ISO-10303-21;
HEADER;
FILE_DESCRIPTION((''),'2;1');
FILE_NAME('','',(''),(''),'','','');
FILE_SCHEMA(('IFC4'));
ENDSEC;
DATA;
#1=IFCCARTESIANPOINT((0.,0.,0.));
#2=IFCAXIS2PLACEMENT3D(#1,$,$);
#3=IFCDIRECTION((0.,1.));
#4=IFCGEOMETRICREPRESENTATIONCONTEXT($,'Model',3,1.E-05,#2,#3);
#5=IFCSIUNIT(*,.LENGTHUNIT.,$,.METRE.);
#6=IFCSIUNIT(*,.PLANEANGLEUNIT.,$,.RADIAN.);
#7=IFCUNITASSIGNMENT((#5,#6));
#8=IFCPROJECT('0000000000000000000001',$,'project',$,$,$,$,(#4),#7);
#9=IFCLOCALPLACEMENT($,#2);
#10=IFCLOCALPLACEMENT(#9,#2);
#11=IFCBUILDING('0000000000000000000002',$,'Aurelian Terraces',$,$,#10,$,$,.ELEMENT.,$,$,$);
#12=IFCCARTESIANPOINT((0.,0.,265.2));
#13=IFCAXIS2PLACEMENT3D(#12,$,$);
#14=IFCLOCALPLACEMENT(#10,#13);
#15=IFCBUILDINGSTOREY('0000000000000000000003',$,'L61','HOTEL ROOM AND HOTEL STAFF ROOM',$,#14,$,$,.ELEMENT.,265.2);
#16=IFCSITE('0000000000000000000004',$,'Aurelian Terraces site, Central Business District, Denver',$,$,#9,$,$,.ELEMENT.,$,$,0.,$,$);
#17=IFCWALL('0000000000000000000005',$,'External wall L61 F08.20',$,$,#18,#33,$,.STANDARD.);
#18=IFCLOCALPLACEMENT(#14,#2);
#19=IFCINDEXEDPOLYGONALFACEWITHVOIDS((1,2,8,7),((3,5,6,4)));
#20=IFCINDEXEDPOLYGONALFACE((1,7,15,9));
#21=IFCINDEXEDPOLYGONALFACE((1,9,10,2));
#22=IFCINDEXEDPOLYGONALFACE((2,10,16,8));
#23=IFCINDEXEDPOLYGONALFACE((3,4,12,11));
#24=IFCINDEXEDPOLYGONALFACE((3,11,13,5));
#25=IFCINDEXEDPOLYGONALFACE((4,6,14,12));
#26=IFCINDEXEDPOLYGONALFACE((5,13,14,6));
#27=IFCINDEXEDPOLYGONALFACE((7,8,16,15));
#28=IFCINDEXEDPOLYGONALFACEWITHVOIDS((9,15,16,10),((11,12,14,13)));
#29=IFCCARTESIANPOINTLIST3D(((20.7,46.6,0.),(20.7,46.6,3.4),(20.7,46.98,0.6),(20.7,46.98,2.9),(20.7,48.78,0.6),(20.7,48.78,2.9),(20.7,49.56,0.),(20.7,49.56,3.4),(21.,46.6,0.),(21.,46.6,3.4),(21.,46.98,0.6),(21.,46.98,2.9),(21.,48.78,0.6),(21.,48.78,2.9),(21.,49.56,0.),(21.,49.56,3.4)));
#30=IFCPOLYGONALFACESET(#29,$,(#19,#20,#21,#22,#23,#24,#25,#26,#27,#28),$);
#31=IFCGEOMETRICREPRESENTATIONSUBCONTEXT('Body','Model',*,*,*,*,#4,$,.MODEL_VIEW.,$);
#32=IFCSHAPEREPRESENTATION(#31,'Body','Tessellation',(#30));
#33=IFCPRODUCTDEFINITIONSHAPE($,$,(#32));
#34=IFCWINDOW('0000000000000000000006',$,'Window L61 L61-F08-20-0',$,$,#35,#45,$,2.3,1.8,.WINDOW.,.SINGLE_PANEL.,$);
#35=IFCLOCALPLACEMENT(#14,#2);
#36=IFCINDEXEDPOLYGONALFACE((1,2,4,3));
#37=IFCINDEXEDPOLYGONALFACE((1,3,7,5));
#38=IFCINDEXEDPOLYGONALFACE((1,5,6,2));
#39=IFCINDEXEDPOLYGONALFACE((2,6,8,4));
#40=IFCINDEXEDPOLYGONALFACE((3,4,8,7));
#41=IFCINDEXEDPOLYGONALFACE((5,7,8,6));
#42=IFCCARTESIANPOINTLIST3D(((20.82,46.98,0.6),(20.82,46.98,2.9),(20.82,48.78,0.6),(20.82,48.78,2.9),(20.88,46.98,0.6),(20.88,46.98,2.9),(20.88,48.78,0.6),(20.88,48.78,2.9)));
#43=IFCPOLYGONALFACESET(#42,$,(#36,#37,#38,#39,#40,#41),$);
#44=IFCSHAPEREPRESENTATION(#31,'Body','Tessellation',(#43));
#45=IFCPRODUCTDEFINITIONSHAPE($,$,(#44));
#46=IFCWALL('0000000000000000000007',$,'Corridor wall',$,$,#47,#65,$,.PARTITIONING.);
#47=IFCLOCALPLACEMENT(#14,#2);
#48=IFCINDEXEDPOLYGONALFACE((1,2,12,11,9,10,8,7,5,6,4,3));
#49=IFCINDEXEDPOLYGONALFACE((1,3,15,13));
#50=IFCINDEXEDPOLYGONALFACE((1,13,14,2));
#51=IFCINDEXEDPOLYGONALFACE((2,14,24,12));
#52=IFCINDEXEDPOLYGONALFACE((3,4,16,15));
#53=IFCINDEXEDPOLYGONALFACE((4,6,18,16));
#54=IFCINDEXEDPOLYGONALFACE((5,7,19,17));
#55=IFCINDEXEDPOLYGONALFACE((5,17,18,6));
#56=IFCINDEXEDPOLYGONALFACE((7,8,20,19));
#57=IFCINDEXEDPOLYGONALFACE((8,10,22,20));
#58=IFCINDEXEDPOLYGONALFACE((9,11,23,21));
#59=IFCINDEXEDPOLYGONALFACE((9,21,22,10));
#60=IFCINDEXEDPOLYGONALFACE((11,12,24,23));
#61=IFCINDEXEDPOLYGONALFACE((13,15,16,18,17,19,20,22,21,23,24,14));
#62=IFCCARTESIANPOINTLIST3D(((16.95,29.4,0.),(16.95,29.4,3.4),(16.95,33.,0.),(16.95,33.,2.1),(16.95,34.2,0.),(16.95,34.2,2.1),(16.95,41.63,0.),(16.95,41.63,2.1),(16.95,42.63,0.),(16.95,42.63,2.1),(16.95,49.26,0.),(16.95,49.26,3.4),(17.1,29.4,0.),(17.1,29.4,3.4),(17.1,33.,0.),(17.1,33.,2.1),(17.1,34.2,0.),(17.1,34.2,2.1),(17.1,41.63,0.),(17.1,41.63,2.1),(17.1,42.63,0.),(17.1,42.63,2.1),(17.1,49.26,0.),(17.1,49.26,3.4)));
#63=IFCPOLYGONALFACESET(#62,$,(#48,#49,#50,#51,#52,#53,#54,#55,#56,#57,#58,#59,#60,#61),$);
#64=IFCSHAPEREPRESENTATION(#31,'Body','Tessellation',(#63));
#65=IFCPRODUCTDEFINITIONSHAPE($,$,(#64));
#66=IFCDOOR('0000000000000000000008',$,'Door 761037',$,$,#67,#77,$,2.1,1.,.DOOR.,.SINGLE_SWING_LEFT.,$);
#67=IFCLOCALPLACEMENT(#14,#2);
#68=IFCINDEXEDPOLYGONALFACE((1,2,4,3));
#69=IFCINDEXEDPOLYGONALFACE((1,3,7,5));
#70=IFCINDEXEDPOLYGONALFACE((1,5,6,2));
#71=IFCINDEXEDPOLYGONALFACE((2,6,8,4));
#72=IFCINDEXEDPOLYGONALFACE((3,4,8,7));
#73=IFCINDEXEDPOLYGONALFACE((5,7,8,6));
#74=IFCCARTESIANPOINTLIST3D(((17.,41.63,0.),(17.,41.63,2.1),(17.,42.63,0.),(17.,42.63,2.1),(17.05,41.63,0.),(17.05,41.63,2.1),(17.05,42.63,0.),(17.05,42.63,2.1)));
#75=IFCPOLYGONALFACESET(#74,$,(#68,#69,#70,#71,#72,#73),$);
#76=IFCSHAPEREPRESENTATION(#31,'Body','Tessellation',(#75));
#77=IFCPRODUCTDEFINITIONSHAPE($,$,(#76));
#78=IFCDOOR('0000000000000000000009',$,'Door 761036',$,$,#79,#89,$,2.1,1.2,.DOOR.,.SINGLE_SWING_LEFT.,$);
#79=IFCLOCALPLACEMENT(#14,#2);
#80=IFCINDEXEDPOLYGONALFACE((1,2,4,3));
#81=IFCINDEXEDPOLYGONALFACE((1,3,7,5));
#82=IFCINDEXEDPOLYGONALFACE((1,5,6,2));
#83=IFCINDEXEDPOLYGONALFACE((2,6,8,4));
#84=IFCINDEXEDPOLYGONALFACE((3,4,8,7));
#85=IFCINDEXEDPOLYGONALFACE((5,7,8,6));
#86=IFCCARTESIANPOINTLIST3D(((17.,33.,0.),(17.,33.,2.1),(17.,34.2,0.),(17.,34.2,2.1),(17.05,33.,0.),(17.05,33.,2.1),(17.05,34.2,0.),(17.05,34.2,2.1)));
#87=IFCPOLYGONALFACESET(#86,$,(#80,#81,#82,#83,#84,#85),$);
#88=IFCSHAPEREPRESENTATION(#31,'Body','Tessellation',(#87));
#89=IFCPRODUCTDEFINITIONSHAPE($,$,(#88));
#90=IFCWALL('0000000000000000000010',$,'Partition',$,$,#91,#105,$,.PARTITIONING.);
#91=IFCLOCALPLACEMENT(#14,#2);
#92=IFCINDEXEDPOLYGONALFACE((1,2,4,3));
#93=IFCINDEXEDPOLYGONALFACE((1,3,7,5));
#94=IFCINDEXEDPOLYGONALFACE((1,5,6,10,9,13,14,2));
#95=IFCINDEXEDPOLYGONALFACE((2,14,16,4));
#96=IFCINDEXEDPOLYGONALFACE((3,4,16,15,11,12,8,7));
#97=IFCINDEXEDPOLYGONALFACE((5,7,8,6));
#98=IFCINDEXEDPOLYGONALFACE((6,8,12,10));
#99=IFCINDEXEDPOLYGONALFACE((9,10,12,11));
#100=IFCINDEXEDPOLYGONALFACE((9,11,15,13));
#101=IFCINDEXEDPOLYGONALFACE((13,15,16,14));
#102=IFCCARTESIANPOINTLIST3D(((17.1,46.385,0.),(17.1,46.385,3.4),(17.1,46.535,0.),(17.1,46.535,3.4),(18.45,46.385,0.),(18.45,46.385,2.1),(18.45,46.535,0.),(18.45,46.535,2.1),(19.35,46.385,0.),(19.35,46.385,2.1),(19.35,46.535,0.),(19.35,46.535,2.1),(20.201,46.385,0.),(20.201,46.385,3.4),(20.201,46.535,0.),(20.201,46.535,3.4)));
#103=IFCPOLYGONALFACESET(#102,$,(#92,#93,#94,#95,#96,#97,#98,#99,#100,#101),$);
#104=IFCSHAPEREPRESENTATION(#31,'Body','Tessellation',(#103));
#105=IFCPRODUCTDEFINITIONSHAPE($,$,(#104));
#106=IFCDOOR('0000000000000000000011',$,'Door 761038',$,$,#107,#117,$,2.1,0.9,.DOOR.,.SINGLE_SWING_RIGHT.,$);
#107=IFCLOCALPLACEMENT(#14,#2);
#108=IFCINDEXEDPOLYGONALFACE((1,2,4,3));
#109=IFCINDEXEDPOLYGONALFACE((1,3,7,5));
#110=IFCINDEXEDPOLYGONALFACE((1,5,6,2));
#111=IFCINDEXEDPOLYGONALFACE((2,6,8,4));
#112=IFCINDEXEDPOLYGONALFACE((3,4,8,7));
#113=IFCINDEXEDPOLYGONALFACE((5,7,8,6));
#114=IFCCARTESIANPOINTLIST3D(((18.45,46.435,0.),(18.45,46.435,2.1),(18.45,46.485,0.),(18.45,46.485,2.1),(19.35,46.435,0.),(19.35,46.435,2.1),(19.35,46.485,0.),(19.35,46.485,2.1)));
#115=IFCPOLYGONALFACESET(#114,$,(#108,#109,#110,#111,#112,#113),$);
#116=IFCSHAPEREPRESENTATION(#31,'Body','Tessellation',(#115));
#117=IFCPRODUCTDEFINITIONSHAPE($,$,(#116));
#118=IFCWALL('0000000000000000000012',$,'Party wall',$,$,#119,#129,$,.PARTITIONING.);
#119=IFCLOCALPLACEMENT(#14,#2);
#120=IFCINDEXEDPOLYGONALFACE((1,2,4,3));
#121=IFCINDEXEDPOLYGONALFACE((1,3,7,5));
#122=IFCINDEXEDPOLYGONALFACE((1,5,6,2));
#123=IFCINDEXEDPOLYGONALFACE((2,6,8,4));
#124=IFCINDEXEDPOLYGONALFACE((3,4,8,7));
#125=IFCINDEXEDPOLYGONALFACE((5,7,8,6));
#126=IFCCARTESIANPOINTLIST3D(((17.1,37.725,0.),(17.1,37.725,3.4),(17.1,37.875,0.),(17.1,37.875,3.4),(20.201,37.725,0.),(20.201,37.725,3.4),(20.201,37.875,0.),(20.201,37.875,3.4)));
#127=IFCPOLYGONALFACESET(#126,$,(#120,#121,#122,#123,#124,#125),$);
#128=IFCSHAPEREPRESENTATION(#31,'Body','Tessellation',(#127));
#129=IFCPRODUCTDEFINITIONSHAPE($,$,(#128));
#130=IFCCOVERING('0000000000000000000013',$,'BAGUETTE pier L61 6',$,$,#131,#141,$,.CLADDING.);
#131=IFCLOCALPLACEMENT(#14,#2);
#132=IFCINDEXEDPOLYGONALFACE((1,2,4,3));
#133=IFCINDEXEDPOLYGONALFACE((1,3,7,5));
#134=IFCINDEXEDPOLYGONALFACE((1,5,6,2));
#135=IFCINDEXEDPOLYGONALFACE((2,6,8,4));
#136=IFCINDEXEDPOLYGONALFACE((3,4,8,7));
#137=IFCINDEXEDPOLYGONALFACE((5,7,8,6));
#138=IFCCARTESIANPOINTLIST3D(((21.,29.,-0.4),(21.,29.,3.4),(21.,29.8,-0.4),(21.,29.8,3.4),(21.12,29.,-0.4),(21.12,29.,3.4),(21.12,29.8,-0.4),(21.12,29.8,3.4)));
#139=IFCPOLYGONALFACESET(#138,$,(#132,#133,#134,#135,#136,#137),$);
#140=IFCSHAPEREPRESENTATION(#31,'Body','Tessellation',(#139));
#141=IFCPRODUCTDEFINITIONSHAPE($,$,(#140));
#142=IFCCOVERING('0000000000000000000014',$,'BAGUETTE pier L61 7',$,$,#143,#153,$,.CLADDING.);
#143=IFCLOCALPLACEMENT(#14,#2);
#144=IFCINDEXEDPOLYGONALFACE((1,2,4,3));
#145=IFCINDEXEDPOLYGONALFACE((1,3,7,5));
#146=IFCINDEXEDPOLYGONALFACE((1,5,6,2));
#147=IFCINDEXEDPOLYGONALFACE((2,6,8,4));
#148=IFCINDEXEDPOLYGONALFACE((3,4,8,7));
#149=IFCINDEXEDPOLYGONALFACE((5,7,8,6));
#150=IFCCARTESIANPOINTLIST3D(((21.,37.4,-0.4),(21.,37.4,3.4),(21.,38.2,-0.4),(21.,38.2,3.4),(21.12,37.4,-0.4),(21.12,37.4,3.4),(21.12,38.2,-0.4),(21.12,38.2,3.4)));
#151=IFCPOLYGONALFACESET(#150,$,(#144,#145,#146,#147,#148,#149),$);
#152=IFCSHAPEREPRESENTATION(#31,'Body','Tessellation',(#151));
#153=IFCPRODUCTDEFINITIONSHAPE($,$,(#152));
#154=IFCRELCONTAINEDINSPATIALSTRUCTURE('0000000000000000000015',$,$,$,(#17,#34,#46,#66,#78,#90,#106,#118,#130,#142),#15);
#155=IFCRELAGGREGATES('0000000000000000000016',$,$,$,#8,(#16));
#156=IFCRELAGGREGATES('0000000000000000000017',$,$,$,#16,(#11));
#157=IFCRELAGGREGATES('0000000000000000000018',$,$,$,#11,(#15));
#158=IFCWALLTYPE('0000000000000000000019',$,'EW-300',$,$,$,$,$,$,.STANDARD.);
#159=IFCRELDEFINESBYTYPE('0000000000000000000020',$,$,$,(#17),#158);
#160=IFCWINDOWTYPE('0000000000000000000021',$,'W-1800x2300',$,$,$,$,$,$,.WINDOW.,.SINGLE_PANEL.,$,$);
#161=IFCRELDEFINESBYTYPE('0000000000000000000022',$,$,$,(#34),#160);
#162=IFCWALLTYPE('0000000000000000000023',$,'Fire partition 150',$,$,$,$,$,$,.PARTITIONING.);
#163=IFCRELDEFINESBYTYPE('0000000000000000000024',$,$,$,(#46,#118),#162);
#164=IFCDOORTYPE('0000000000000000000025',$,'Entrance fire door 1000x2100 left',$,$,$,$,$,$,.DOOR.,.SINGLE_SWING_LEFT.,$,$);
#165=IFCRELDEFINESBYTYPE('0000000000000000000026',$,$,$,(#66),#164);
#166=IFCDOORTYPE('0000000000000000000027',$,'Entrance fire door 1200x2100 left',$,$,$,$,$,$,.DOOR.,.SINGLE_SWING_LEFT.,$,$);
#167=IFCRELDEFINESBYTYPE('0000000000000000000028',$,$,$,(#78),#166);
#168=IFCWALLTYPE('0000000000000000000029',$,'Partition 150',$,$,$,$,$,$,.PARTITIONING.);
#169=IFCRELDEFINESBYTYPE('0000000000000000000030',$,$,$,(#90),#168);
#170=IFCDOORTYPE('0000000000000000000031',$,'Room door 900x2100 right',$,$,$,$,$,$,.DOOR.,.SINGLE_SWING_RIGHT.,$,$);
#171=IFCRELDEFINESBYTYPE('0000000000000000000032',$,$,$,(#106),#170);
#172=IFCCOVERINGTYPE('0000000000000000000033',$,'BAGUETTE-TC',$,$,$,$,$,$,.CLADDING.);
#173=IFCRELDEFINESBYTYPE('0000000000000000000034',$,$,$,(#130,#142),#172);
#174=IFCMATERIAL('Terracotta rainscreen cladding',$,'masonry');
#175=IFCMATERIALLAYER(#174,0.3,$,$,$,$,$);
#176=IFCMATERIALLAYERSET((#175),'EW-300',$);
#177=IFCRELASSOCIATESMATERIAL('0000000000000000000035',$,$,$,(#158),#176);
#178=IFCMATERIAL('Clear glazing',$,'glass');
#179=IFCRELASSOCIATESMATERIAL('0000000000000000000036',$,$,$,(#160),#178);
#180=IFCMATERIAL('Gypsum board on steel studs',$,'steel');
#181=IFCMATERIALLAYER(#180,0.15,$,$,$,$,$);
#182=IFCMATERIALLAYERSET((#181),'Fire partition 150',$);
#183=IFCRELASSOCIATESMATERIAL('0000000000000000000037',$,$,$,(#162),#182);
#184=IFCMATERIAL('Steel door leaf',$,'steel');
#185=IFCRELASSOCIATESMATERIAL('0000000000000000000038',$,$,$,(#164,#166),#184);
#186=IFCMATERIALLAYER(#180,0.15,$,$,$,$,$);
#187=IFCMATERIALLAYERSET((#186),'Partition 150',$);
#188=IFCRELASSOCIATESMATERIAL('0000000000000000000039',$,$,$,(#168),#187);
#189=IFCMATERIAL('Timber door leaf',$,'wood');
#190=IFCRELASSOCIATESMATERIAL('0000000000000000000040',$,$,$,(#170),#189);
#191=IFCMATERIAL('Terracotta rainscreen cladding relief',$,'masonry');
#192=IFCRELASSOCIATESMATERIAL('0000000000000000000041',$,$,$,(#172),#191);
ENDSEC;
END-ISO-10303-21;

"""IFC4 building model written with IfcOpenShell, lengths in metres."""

from ifc_helpers import new_model, si_unit, direction, frame, frame_2d, origin, origin_2d, place, context, subcontext, project, spatial, rectangle, extrude, source, transform, mapped, material, layer, layer_set, type_object, element, fill, save


model = new_model("IFC4")

# Units and contexts
model_context = context("Model", 3, precision=1e-05, world=origin(), true_north=direction((0.0, 1.0)))
body_context = subcontext(model_context, "Body", "Model", "MODEL_VIEW")
ifc_project = project(units=[si_unit("LENGTHUNIT", "METRE"), si_unit("PLANEANGLEUNIT", "RADIAN")], contexts=[model_context])

# Site, building, storey
site_placement = place(None, origin())
site = spatial("IfcSite", under=ifc_project, at=site_placement, Name="Aurelian Terraces site, Central Business District, Denver", CompositionType="ELEMENT", RefElevation=0.0)
building_placement = place(site_placement, origin())
building = spatial("IfcBuilding", under=site, at=building_placement, Name="Aurelian Terraces", CompositionType="ELEMENT")
storey_placement = place(building_placement, frame((0.0, 0.0, 265.2)))
storey = spatial("IfcBuildingStorey", under=building, at=storey_placement, Name="L61", Description="HOTEL ROOM AND HOTEL STAFF ROOM", CompositionType="ELEMENT", Elevation=265.2)

# Shared definitions
ifc_material_1 = material(Name="Terracotta rainscreen cladding", Category="masonry")
ifc_layer_1 = layer(ifc_material_1, 0.3)
ifc_layer_set_1 = layer_set([ifc_layer_1], Name="EW-300")
wall_type_1 = type_object("IfcWallType", Name="EW-300", PredefinedType="STANDARD", material=ifc_layer_set_1)
ifc_material_2 = material(Name="Clear glazing", Category="glass")

# Wall, opening, window
shared_shape_1 = source(origin(), body_context, "Body", "SweptSolid", [
    extrude(rectangle(XDim=2.96, YDim=0.3, at=frame_2d((1.48, 0.0))), origin(), (0.0, 0.0, 1.0), 3.4),
])
wall_1_placement = place(storey_placement, frame((20.85, 46.6, 0.0), z_axis=(0.0, 0.0, 1.0), x_axis=(0.0, 1.0, 0.0)))
wall_1 = element("IfcWall", 1, at=wall_1_placement, inside=storey, type_object=wall_type_1, Name="External wall L61 F08.20", PredefinedType="STANDARD", context=body_context, shape_type="MappedRepresentation", body=[
    mapped(shared_shape_1, transform((0.0, 0.0, 0.0), scale=1.0)),
])
shared_shape_2 = source(origin(), body_context, "Body", "SweptSolid", [
    extrude(rectangle(XDim=1.8, YDim=2.3, at=frame_2d((0.9, 1.15))), frame((0.0, 0.16, 0.0), z_axis=(0.0, -1.0, 0.0), x_axis=(1.0, 0.0, 0.0)), (0.0, 0.0, 1.0), 0.32),
])
opening_1_placement = place(wall_1_placement, frame((0.38, 0.0, 0.6)))
opening_1 = element("IfcOpeningElement", 2, at=opening_1_placement, cuts=wall_1, PredefinedType="OPENING", context=body_context, shape_type="MappedRepresentation", body=[
    mapped(shared_shape_2, transform((0.0, 0.0, 0.0), scale=1.0)),
])
window_type_1 = type_object("IfcWindowType", Name="W-1800x2300", PartitioningType="SINGLE_PANEL", PredefinedType="WINDOW", material=ifc_material_2)
shared_shape_3 = source(origin(), body_context, "Body", "SweptSolid", [
    extrude(rectangle(XDim=1.8, YDim=2.3, at=frame_2d((0.9, 1.15))), frame((0.0, 0.03, 0.0), z_axis=(0.0, -1.0, 0.0), x_axis=(1.0, 0.0, 0.0)), (0.0, 0.0, 1.0), 0.06),
])
window_1_placement = place(opening_1_placement, origin())
window_1 = element("IfcWindow", 3, at=window_1_placement, inside=storey, type_object=window_type_1, Name="Window L61 L61-F08-20-0", OverallHeight=2.3, OverallWidth=1.8, PartitioningType="SINGLE_PANEL", PredefinedType="WINDOW", context=body_context, shape_type="MappedRepresentation", body=[
    mapped(shared_shape_3, transform((0.0, 0.0, 0.0), scale=1.0)),
])
fill(opening_1, window_1)

# Wall, openings, doors
ifc_material_3 = material(Name="Gypsum board on steel studs", Category="steel")
ifc_layer_2 = layer(ifc_material_3, 0.15)
ifc_layer_set_2 = layer_set([ifc_layer_2], Name="Fire partition 150")
wall_type_2 = type_object("IfcWallType", Name="Fire partition 150", PredefinedType="PARTITIONING", material=ifc_layer_set_2)
shared_shape_4 = source(origin(), body_context, "Body", "SweptSolid", [
    extrude(rectangle(XDim=19.86, YDim=0.15, at=frame_2d((9.93, 0.0))), origin(), (0.0, 0.0, 1.0), 3.4),
])
wall_2_placement = place(storey_placement, frame((17.025, 49.26, 0.0), z_axis=(0.0, 0.0, 1.0), x_axis=(0.0, -1.0, 0.0)))
wall_2 = element("IfcWall", 4, at=wall_2_placement, inside=storey, type_object=wall_type_2, Name="Corridor wall", PredefinedType="PARTITIONING", context=body_context, shape_type="MappedRepresentation", body=[
    mapped(shared_shape_4, transform((0.0, 0.0, 0.0), scale=1.0)),
])
shared_shape_5 = source(origin(), body_context, "Body", "SweptSolid", [
    extrude(rectangle(XDim=1.2, YDim=2.1, at=frame_2d((0.6, 1.05))), frame((0.0, 0.085, 0.0), z_axis=(0.0, -1.0, 0.0), x_axis=(1.0, 0.0, 0.0)), (0.0, 0.0, 1.0), 0.17),
])
opening_2_placement = place(wall_2_placement, frame((15.06, 0.0, 0.0)))
opening_2 = element("IfcOpeningElement", 5, at=opening_2_placement, cuts=wall_2, PredefinedType="OPENING", context=body_context, shape_type="MappedRepresentation", body=[
    mapped(shared_shape_5, transform((0.0, 0.0, 0.0), scale=1.0)),
])
shared_shape_6 = source(origin(), body_context, "Body", "SweptSolid", [
    extrude(rectangle(XDim=1.0, YDim=2.1, at=frame_2d((0.5, 1.05))), frame((0.0, 0.085, 0.0), z_axis=(0.0, -1.0, 0.0), x_axis=(1.0, 0.0, 0.0)), (0.0, 0.0, 1.0), 0.17),
])
opening_3_placement = place(wall_2_placement, frame((6.63, 0.0, 0.0)))
opening_3 = element("IfcOpeningElement", 6, at=opening_3_placement, cuts=wall_2, PredefinedType="OPENING", context=body_context, shape_type="MappedRepresentation", body=[
    mapped(shared_shape_6, transform((0.0, 0.0, 0.0), scale=1.0)),
])
ifc_material_4 = material(Name="Steel door leaf", Category="steel")
door_type_1 = type_object("IfcDoorType", Name="Entrance fire door 1000x2100 left", OperationType="SINGLE_SWING_LEFT", PredefinedType="DOOR", material=ifc_material_4)
shared_shape_7 = source(origin(), body_context, "Body", "SweptSolid", [
    extrude(rectangle(XDim=1.0, YDim=2.1, at=frame_2d((0.5, 1.05))), frame((0.0, 0.025, 0.0), z_axis=(0.0, -1.0, 0.0), x_axis=(1.0, 0.0, 0.0)), (0.0, 0.0, 1.0), 0.05),
])
door_1_placement = place(opening_3_placement, origin())
door_1 = element("IfcDoor", 7, at=door_1_placement, inside=storey, type_object=door_type_1, Name="Door 761037", OperationType="SINGLE_SWING_LEFT", OverallHeight=2.1, OverallWidth=1.0, PredefinedType="DOOR", context=body_context, shape_type="MappedRepresentation", body=[
    mapped(shared_shape_7, transform((0.0, 0.0, 0.0), scale=1.0)),
])
fill(opening_3, door_1)
door_type_2 = type_object("IfcDoorType", Name="Entrance fire door 1200x2100 left", OperationType="SINGLE_SWING_LEFT", PredefinedType="DOOR", material=ifc_material_4)
shared_shape_8 = source(origin(), body_context, "Body", "SweptSolid", [
    extrude(rectangle(XDim=1.2, YDim=2.1, at=frame_2d((0.6, 1.05))), frame((0.0, 0.025, 0.0), z_axis=(0.0, -1.0, 0.0), x_axis=(1.0, 0.0, 0.0)), (0.0, 0.0, 1.0), 0.05),
])
door_2_placement = place(opening_2_placement, origin())
door_2 = element("IfcDoor", 8, at=door_2_placement, inside=storey, type_object=door_type_2, Name="Door 761036", OperationType="SINGLE_SWING_LEFT", OverallHeight=2.1, OverallWidth=1.2, PredefinedType="DOOR", context=body_context, shape_type="MappedRepresentation", body=[
    mapped(shared_shape_8, transform((0.0, 0.0, 0.0), scale=1.0)),
])
fill(opening_2, door_2)

# Wall, opening, door
ifc_layer_3 = layer(ifc_material_3, 0.15)
ifc_layer_set_3 = layer_set([ifc_layer_3], Name="Partition 150")
wall_type_3 = type_object("IfcWallType", Name="Partition 150", PredefinedType="PARTITIONING", material=ifc_layer_set_3)
shared_shape_9 = source(origin(), body_context, "Body", "SweptSolid", [
    extrude(rectangle(XDim=3.101, YDim=0.15, at=frame_2d((1.5505, 0.0))), origin(), (0.0, 0.0, 1.0), 3.4),
])
wall_3_placement = place(storey_placement, frame((17.1, 46.46, 0.0), z_axis=(0.0, 0.0, 1.0), x_axis=(1.0, 0.0, 0.0)))
wall_3 = element("IfcWall", 9, at=wall_3_placement, inside=storey, type_object=wall_type_3, Name="Partition", PredefinedType="PARTITIONING", context=body_context, shape_type="MappedRepresentation", body=[
    mapped(shared_shape_9, transform((0.0, 0.0, 0.0), scale=1.0)),
])
shared_shape_10 = source(origin(), body_context, "Body", "SweptSolid", [
    extrude(rectangle(XDim=0.9, YDim=2.1, at=frame_2d((0.45, 1.05))), frame((0.0, 0.085, 0.0), z_axis=(0.0, -1.0, 0.0), x_axis=(1.0, 0.0, 0.0)), (0.0, 0.0, 1.0), 0.17),
])
opening_4_placement = place(wall_3_placement, frame((1.35, 0.0, 0.0)))
opening_4 = element("IfcOpeningElement", 10, at=opening_4_placement, cuts=wall_3, PredefinedType="OPENING", context=body_context, shape_type="MappedRepresentation", body=[
    mapped(shared_shape_10, transform((0.0, 0.0, 0.0), scale=1.0)),
])
ifc_material_5 = material(Name="Timber door leaf", Category="wood")
door_type_3 = type_object("IfcDoorType", Name="Room door 900x2100 right", OperationType="SINGLE_SWING_RIGHT", PredefinedType="DOOR", material=ifc_material_5)
shared_shape_11 = source(origin(), body_context, "Body", "SweptSolid", [
    extrude(rectangle(XDim=0.9, YDim=2.1, at=frame_2d((0.45, 1.05))), frame((0.0, 0.025, 0.0), z_axis=(0.0, -1.0, 0.0), x_axis=(1.0, 0.0, 0.0)), (0.0, 0.0, 1.0), 0.05),
])
door_3_placement = place(opening_4_placement, origin())
door_3 = element("IfcDoor", 11, at=door_3_placement, inside=storey, type_object=door_type_3, Name="Door 761038", OperationType="SINGLE_SWING_RIGHT", OverallHeight=2.1, OverallWidth=0.9, PredefinedType="DOOR", context=body_context, shape_type="MappedRepresentation", body=[
    mapped(shared_shape_11, transform((0.0, 0.0, 0.0), scale=1.0)),
])
fill(opening_4, door_3)

# Wall
wall_4_placement = place(storey_placement, frame((20.201, 37.8, 0.0), z_axis=(0.0, 0.0, 1.0), x_axis=(-1.0, 0.0, 0.0)))
element("IfcWall", 12, at=wall_4_placement, inside=storey, type_object=wall_type_2, Name="Party wall", PredefinedType="PARTITIONING", context=body_context, shape_type="MappedRepresentation", body=[
    mapped(shared_shape_9, transform((0.0, 0.0, 0.0), scale=1.0)),
])

# Coverings
ifc_material_6 = material(Name="Terracotta rainscreen cladding relief", Category="masonry")
covering_type = type_object("IfcCoveringType", Name="BAGUETTE-TC", PredefinedType="CLADDING", material=ifc_material_6)
shared_shape_12 = source(origin(), body_context, "Body", "SweptSolid", [
    extrude(rectangle(XDim=0.12, YDim=0.8, at=origin_2d()), origin(), (0.0, 0.0, 1.0), 3.8),
])
for number, where, z_axis, x_axis, name in (
    (13, (21.06, 29.4, -0.4), (0.0, 0.0, 1.0), (1.0, 0.0, 0.0), "BAGUETTE pier L61 6"),
    (14, (21.06, 37.8, -0.4), (0.0, 0.0, 1.0), (1.0, 0.0, 0.0), "BAGUETTE pier L61 7"),
):
    element("IfcCovering", number, at=place(storey_placement, frame(where, z_axis=z_axis, x_axis=x_axis)), inside=storey, type_object=covering_type, Name=name, PredefinedType="CLADDING", context=body_context, shape_type="MappedRepresentation", body=[
        mapped(shared_shape_12, transform((0.0, 0.0, 0.0), scale=1.0)),
    ])

save(model, "model.ifc")
